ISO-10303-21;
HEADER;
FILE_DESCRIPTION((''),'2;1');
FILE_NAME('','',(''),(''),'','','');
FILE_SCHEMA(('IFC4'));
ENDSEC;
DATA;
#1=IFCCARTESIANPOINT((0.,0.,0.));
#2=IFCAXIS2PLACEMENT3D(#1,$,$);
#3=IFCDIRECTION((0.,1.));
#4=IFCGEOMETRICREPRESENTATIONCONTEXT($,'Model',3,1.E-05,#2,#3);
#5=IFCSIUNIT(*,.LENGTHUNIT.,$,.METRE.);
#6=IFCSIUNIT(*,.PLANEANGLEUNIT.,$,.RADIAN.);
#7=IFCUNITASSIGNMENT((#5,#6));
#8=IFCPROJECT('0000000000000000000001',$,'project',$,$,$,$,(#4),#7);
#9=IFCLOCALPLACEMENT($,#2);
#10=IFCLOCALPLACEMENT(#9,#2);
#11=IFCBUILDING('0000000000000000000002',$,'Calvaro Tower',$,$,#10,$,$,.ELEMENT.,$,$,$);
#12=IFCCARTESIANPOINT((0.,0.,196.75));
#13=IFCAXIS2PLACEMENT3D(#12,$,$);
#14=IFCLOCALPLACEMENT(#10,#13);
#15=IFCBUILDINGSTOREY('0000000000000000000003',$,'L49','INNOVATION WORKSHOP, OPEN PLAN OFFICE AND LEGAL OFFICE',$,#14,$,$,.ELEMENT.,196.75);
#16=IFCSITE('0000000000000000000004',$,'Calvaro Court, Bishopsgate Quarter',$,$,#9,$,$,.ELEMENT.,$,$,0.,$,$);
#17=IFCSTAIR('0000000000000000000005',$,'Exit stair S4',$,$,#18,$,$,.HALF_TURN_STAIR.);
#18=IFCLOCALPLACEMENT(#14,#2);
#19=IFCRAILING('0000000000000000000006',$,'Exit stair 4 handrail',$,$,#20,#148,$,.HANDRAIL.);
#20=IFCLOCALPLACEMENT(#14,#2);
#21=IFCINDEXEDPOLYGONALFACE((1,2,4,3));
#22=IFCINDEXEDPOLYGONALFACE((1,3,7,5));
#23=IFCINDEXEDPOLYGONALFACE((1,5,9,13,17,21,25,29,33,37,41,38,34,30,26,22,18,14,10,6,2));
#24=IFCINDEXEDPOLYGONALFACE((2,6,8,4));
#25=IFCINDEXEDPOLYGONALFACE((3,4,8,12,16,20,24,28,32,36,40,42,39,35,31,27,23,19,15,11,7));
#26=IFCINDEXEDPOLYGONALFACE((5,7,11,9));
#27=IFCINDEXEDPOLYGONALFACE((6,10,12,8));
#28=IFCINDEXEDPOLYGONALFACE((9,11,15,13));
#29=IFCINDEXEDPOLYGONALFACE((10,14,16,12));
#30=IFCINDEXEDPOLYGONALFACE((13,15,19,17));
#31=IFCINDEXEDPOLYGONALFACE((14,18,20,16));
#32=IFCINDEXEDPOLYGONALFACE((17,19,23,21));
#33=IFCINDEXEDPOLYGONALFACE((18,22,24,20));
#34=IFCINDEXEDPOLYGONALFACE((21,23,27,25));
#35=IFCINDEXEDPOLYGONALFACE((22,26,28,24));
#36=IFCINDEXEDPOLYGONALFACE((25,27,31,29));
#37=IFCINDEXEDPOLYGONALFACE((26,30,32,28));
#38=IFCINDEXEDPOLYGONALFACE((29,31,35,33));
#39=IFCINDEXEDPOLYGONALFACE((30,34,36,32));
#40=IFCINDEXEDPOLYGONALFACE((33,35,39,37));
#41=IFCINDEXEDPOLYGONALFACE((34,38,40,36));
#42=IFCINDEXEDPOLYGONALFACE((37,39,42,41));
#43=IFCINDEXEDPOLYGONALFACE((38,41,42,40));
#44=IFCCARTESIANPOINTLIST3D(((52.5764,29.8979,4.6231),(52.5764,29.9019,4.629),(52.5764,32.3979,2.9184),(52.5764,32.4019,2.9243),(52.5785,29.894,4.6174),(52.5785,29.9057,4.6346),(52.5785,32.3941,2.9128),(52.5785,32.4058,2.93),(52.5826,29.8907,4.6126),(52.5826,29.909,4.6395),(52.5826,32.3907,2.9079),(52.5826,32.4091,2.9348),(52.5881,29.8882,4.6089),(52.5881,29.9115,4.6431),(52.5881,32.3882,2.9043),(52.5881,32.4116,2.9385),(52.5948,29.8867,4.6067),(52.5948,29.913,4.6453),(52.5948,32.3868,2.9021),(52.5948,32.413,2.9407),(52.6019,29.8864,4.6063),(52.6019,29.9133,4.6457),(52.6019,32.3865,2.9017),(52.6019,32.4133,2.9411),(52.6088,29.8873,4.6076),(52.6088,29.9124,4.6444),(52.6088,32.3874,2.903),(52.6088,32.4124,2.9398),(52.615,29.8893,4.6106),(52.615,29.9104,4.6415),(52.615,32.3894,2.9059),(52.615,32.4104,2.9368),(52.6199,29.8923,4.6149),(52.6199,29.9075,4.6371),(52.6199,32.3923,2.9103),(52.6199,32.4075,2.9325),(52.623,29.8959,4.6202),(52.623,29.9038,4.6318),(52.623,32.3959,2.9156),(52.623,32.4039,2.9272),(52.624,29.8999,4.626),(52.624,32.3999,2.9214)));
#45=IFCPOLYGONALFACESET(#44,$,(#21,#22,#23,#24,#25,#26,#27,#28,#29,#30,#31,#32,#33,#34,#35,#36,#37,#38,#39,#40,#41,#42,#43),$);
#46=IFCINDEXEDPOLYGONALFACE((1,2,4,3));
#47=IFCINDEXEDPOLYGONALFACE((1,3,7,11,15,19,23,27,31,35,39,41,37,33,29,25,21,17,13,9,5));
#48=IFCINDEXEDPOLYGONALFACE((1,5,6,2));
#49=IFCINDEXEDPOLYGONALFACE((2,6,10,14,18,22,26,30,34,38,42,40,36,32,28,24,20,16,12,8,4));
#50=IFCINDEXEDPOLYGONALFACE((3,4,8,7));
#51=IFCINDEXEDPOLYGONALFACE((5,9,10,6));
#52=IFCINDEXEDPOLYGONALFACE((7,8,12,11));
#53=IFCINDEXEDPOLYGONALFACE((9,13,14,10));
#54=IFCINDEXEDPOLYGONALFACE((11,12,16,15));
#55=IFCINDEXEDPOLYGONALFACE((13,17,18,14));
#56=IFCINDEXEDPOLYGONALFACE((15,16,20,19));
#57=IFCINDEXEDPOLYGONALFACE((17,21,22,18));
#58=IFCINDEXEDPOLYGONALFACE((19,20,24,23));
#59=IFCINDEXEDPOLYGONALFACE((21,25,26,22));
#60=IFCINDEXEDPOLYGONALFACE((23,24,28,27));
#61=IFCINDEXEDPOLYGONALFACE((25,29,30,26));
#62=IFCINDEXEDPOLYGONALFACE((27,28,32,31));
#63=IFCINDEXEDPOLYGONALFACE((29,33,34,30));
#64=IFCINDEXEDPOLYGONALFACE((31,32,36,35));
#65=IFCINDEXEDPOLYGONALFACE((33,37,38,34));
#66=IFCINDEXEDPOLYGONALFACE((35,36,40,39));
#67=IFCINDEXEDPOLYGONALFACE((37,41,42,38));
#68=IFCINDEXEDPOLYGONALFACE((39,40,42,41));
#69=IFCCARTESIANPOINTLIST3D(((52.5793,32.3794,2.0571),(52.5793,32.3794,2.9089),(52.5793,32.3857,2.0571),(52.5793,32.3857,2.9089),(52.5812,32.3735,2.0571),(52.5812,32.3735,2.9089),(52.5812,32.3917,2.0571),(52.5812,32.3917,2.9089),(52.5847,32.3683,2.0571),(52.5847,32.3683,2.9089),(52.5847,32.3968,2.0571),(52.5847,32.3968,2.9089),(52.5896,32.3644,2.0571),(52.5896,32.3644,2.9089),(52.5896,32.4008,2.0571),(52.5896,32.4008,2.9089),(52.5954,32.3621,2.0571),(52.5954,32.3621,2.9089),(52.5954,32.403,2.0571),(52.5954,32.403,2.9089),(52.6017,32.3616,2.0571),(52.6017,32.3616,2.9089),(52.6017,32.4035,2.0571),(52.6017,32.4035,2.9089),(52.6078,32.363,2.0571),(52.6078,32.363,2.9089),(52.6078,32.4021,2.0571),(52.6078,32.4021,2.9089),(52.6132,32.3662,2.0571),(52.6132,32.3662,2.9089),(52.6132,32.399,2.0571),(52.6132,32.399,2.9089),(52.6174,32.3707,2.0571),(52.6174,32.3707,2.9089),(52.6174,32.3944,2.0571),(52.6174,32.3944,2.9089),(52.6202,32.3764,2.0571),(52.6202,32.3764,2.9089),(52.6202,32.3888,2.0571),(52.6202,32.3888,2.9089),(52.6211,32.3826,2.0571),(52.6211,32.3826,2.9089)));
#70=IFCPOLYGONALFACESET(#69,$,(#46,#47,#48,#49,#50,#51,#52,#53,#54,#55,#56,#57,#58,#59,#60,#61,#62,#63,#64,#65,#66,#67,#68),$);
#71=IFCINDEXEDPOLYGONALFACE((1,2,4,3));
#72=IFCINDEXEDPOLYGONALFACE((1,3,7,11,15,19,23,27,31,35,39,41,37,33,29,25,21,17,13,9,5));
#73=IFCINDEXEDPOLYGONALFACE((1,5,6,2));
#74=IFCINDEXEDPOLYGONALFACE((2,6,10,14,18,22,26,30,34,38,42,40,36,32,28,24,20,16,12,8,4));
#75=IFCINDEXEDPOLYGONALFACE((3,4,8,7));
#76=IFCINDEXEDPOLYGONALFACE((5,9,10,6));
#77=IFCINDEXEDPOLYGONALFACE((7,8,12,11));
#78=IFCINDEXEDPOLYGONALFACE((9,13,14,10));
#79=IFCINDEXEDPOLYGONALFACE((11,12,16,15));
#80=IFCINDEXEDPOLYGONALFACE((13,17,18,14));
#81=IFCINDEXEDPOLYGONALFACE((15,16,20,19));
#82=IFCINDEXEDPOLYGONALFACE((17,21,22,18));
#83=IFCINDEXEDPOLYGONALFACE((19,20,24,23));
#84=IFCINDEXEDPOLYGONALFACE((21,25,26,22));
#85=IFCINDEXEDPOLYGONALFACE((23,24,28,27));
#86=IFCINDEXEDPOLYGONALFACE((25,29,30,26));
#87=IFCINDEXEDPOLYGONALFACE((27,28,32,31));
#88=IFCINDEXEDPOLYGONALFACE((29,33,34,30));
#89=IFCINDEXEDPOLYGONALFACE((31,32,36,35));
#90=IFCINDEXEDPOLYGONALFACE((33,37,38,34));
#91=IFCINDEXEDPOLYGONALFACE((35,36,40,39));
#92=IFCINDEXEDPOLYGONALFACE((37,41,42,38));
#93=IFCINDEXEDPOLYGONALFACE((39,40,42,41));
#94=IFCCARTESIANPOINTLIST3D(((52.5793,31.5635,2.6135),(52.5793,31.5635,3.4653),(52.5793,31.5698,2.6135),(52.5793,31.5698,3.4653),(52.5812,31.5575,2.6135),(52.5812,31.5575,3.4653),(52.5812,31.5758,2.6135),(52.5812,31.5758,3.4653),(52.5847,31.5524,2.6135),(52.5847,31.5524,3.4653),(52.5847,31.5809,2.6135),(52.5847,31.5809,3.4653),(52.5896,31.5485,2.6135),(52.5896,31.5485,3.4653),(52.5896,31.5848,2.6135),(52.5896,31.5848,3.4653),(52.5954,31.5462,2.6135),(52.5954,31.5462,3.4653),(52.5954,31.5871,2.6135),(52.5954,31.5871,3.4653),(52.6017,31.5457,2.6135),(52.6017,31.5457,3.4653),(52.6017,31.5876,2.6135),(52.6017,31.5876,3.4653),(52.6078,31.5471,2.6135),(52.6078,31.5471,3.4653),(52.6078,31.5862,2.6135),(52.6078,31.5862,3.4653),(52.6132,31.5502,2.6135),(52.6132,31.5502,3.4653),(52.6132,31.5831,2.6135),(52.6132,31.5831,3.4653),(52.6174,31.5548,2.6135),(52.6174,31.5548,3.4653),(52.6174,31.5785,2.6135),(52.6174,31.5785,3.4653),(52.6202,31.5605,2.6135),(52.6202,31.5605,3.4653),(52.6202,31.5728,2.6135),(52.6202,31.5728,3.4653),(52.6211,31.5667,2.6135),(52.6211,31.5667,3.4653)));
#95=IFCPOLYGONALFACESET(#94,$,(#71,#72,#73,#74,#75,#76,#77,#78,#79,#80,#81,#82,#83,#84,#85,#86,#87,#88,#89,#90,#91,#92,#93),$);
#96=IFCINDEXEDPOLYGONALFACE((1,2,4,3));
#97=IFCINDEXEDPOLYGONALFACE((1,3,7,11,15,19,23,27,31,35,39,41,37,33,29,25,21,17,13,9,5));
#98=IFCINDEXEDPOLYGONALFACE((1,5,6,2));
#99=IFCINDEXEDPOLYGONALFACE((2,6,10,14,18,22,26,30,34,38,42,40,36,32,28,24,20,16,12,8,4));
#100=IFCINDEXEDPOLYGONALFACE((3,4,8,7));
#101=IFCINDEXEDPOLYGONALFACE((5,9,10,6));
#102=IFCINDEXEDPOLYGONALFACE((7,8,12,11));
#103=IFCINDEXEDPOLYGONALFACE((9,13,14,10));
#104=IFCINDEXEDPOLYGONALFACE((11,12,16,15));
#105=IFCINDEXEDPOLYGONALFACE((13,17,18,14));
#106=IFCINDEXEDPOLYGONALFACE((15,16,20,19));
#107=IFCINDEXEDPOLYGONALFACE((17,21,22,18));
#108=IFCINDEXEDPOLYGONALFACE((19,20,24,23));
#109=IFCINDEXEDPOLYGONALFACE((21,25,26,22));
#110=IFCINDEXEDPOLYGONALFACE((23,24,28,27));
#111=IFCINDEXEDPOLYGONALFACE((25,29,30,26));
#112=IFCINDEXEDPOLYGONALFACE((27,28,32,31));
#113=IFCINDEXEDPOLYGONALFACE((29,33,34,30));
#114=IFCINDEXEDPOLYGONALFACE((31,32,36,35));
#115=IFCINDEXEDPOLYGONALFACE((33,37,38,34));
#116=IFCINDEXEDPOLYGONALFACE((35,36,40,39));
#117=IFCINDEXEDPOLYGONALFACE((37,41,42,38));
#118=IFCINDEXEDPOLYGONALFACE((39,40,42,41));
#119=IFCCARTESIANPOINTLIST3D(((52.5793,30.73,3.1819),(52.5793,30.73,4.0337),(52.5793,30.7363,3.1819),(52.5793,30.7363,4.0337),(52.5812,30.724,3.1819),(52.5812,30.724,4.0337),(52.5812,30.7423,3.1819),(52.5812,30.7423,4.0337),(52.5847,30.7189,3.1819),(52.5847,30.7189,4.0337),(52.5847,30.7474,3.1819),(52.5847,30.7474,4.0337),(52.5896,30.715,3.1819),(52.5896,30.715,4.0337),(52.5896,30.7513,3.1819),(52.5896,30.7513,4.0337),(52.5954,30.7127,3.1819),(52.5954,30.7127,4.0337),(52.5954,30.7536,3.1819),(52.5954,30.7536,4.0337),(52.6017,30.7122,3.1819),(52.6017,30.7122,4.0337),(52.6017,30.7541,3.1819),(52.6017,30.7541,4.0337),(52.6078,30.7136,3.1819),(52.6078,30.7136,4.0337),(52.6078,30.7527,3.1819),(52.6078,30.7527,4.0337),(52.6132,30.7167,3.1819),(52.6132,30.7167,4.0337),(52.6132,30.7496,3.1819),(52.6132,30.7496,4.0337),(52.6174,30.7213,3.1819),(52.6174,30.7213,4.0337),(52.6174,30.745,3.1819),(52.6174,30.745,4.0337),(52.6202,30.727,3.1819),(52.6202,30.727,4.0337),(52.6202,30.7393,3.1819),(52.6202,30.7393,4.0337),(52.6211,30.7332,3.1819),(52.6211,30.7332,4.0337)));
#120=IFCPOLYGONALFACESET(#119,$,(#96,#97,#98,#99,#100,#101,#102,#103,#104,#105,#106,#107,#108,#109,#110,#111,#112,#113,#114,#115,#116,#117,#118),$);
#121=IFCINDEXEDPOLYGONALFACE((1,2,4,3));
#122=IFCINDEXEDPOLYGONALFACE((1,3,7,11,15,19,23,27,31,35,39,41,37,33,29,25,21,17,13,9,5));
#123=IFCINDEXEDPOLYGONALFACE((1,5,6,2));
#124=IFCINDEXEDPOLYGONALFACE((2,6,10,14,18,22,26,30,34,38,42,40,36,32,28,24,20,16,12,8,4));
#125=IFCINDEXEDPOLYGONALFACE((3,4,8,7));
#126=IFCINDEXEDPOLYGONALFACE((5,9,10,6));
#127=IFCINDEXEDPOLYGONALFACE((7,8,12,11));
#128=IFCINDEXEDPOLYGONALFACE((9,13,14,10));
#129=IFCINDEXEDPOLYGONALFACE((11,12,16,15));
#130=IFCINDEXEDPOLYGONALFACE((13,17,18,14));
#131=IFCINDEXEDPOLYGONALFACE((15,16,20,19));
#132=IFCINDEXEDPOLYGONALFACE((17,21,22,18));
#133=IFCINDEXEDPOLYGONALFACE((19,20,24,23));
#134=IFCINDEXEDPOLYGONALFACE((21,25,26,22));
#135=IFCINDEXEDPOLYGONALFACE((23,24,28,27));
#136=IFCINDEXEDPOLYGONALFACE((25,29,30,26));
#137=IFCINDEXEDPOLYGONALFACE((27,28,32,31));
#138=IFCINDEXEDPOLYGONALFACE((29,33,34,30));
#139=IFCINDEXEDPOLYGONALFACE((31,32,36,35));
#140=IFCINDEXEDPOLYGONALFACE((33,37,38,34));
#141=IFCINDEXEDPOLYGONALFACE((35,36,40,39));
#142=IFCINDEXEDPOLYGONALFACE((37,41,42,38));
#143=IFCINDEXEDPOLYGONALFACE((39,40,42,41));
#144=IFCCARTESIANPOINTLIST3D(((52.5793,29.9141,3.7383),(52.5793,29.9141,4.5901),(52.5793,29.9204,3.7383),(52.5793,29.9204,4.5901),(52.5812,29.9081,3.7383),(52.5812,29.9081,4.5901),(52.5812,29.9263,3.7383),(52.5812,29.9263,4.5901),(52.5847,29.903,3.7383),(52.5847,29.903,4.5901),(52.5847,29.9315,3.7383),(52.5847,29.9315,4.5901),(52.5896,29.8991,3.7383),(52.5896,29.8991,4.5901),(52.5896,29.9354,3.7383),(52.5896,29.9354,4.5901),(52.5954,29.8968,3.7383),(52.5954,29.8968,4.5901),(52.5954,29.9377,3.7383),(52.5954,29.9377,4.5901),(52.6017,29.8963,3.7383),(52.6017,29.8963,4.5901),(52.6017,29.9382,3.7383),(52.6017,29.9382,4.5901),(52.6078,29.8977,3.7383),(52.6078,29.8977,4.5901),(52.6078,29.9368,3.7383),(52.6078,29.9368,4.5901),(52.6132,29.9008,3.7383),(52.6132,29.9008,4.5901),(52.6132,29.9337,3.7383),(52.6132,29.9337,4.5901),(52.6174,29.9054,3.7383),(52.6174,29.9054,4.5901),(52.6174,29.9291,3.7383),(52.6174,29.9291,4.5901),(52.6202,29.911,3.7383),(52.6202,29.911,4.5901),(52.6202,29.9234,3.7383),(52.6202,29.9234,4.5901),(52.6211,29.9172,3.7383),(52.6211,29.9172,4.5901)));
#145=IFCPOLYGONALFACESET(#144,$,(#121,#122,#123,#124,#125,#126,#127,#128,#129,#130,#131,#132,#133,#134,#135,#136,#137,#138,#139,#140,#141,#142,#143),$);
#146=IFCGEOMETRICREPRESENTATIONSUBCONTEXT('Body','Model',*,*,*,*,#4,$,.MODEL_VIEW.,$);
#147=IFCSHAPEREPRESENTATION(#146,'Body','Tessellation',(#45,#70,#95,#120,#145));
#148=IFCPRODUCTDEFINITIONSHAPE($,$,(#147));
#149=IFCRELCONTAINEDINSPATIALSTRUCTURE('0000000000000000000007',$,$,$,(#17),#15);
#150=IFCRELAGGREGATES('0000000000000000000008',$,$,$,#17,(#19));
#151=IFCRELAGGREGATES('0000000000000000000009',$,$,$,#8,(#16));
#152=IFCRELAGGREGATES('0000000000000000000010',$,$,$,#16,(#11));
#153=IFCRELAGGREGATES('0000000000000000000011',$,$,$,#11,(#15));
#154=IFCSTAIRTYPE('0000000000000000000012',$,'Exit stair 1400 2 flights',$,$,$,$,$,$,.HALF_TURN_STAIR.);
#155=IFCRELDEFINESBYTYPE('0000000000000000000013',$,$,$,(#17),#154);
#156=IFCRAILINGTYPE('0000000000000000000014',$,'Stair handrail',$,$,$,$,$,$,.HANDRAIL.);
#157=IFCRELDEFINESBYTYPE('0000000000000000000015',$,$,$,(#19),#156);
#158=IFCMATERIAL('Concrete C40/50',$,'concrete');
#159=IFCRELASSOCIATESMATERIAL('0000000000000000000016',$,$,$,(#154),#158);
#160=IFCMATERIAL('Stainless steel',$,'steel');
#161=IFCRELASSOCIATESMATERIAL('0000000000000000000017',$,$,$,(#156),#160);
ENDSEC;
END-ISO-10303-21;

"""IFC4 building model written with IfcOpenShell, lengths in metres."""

from ifc_helpers import new_model, si_unit, direction, frame, origin, origin_2d, place, context, subcontext, project, spatial, circle, extrude, material, type_object, element, aggregate, save


model = new_model("IFC4")

# Units and contexts
model_context = context("Model", 3, precision=1e-05, world=origin(), true_north=direction((0.0, 1.0)))
body_context = subcontext(model_context, "Body", "Model", "MODEL_VIEW")
ifc_project = project(units=[si_unit("LENGTHUNIT", "METRE"), si_unit("PLANEANGLEUNIT", "RADIAN")], contexts=[model_context])

# Site, building, storey
site_placement = place(None, origin())
site = spatial("IfcSite", under=ifc_project, at=site_placement, Name="Calvaro Court, Bishopsgate Quarter", CompositionType="ELEMENT", RefElevation=0.0)
building_placement = place(site_placement, origin())
building = spatial("IfcBuilding", under=site, at=building_placement, Name="Calvaro Tower", CompositionType="ELEMENT")
storey_placement = place(building_placement, frame((0.0, 0.0, 196.75)))
storey = spatial("IfcBuildingStorey", under=building, at=storey_placement, Name="L49", Description="INNOVATION WORKSHOP, OPEN PLAN OFFICE AND LEGAL OFFICE", CompositionType="ELEMENT", Elevation=196.75)

# Stair
ifc_material_1 = material(Name="Concrete C40/50", Category="concrete")
stair_type = type_object("IfcStairType", Name="Exit stair 1400 2 flights", PredefinedType="HALF_TURN_STAIR", material=ifc_material_1)
stair_1_placement = place(storey_placement, origin())
stair_1 = element("IfcStair", 1, at=stair_1_placement, inside=storey, type_object=stair_type, Name="Exit stair S4", PredefinedType="HALF_TURN_STAIR")

# Railing
ifc_material_2 = material(Name="Stainless steel", Category="steel")
railing_type = type_object("IfcRailingType", Name="Stair handrail", PredefinedType="HANDRAIL", material=ifc_material_2)
railing_1_placement = place(storey_placement, frame((52.6001, 32.3999, 2.0454)))
railing_1 = element("IfcRailing", 2, at=railing_1_placement, type_object=railing_type, Name="Exit stair 4 handrail", PredefinedType="HANDRAIL", context=body_context, shape_type="SweptSolid", body=[
    extrude(circle(Radius=0.0239, at=origin_2d()), frame((0.0, 0.0, 0.876), z_axis=(0.0, -0.826221, 0.563347), x_axis=(1.0, 0.0, 0.0)), (0.0, 0.0, 1.0), 3.0259),
    extrude(circle(Radius=0.021, at=origin_2d()), frame((0.0, -0.0173, 0.0117)), (0.0, 0.0, 1.0), 0.8518),
    extrude(circle(Radius=0.021, at=origin_2d()), frame((0.0, -0.8333, 0.5681)), (0.0, 0.0, 1.0), 0.8518),
    extrude(circle(Radius=0.021, at=origin_2d()), frame((0.0, -1.6667, 1.1365)), (0.0, 0.0, 1.0), 0.8518),
    extrude(circle(Radius=0.021, at=origin_2d()), frame((0.0, -2.4827, 1.6929)), (0.0, 0.0, 1.0), 0.8518),
])
aggregate(stair_1, [railing_1])

save(model, "model.ifc")
